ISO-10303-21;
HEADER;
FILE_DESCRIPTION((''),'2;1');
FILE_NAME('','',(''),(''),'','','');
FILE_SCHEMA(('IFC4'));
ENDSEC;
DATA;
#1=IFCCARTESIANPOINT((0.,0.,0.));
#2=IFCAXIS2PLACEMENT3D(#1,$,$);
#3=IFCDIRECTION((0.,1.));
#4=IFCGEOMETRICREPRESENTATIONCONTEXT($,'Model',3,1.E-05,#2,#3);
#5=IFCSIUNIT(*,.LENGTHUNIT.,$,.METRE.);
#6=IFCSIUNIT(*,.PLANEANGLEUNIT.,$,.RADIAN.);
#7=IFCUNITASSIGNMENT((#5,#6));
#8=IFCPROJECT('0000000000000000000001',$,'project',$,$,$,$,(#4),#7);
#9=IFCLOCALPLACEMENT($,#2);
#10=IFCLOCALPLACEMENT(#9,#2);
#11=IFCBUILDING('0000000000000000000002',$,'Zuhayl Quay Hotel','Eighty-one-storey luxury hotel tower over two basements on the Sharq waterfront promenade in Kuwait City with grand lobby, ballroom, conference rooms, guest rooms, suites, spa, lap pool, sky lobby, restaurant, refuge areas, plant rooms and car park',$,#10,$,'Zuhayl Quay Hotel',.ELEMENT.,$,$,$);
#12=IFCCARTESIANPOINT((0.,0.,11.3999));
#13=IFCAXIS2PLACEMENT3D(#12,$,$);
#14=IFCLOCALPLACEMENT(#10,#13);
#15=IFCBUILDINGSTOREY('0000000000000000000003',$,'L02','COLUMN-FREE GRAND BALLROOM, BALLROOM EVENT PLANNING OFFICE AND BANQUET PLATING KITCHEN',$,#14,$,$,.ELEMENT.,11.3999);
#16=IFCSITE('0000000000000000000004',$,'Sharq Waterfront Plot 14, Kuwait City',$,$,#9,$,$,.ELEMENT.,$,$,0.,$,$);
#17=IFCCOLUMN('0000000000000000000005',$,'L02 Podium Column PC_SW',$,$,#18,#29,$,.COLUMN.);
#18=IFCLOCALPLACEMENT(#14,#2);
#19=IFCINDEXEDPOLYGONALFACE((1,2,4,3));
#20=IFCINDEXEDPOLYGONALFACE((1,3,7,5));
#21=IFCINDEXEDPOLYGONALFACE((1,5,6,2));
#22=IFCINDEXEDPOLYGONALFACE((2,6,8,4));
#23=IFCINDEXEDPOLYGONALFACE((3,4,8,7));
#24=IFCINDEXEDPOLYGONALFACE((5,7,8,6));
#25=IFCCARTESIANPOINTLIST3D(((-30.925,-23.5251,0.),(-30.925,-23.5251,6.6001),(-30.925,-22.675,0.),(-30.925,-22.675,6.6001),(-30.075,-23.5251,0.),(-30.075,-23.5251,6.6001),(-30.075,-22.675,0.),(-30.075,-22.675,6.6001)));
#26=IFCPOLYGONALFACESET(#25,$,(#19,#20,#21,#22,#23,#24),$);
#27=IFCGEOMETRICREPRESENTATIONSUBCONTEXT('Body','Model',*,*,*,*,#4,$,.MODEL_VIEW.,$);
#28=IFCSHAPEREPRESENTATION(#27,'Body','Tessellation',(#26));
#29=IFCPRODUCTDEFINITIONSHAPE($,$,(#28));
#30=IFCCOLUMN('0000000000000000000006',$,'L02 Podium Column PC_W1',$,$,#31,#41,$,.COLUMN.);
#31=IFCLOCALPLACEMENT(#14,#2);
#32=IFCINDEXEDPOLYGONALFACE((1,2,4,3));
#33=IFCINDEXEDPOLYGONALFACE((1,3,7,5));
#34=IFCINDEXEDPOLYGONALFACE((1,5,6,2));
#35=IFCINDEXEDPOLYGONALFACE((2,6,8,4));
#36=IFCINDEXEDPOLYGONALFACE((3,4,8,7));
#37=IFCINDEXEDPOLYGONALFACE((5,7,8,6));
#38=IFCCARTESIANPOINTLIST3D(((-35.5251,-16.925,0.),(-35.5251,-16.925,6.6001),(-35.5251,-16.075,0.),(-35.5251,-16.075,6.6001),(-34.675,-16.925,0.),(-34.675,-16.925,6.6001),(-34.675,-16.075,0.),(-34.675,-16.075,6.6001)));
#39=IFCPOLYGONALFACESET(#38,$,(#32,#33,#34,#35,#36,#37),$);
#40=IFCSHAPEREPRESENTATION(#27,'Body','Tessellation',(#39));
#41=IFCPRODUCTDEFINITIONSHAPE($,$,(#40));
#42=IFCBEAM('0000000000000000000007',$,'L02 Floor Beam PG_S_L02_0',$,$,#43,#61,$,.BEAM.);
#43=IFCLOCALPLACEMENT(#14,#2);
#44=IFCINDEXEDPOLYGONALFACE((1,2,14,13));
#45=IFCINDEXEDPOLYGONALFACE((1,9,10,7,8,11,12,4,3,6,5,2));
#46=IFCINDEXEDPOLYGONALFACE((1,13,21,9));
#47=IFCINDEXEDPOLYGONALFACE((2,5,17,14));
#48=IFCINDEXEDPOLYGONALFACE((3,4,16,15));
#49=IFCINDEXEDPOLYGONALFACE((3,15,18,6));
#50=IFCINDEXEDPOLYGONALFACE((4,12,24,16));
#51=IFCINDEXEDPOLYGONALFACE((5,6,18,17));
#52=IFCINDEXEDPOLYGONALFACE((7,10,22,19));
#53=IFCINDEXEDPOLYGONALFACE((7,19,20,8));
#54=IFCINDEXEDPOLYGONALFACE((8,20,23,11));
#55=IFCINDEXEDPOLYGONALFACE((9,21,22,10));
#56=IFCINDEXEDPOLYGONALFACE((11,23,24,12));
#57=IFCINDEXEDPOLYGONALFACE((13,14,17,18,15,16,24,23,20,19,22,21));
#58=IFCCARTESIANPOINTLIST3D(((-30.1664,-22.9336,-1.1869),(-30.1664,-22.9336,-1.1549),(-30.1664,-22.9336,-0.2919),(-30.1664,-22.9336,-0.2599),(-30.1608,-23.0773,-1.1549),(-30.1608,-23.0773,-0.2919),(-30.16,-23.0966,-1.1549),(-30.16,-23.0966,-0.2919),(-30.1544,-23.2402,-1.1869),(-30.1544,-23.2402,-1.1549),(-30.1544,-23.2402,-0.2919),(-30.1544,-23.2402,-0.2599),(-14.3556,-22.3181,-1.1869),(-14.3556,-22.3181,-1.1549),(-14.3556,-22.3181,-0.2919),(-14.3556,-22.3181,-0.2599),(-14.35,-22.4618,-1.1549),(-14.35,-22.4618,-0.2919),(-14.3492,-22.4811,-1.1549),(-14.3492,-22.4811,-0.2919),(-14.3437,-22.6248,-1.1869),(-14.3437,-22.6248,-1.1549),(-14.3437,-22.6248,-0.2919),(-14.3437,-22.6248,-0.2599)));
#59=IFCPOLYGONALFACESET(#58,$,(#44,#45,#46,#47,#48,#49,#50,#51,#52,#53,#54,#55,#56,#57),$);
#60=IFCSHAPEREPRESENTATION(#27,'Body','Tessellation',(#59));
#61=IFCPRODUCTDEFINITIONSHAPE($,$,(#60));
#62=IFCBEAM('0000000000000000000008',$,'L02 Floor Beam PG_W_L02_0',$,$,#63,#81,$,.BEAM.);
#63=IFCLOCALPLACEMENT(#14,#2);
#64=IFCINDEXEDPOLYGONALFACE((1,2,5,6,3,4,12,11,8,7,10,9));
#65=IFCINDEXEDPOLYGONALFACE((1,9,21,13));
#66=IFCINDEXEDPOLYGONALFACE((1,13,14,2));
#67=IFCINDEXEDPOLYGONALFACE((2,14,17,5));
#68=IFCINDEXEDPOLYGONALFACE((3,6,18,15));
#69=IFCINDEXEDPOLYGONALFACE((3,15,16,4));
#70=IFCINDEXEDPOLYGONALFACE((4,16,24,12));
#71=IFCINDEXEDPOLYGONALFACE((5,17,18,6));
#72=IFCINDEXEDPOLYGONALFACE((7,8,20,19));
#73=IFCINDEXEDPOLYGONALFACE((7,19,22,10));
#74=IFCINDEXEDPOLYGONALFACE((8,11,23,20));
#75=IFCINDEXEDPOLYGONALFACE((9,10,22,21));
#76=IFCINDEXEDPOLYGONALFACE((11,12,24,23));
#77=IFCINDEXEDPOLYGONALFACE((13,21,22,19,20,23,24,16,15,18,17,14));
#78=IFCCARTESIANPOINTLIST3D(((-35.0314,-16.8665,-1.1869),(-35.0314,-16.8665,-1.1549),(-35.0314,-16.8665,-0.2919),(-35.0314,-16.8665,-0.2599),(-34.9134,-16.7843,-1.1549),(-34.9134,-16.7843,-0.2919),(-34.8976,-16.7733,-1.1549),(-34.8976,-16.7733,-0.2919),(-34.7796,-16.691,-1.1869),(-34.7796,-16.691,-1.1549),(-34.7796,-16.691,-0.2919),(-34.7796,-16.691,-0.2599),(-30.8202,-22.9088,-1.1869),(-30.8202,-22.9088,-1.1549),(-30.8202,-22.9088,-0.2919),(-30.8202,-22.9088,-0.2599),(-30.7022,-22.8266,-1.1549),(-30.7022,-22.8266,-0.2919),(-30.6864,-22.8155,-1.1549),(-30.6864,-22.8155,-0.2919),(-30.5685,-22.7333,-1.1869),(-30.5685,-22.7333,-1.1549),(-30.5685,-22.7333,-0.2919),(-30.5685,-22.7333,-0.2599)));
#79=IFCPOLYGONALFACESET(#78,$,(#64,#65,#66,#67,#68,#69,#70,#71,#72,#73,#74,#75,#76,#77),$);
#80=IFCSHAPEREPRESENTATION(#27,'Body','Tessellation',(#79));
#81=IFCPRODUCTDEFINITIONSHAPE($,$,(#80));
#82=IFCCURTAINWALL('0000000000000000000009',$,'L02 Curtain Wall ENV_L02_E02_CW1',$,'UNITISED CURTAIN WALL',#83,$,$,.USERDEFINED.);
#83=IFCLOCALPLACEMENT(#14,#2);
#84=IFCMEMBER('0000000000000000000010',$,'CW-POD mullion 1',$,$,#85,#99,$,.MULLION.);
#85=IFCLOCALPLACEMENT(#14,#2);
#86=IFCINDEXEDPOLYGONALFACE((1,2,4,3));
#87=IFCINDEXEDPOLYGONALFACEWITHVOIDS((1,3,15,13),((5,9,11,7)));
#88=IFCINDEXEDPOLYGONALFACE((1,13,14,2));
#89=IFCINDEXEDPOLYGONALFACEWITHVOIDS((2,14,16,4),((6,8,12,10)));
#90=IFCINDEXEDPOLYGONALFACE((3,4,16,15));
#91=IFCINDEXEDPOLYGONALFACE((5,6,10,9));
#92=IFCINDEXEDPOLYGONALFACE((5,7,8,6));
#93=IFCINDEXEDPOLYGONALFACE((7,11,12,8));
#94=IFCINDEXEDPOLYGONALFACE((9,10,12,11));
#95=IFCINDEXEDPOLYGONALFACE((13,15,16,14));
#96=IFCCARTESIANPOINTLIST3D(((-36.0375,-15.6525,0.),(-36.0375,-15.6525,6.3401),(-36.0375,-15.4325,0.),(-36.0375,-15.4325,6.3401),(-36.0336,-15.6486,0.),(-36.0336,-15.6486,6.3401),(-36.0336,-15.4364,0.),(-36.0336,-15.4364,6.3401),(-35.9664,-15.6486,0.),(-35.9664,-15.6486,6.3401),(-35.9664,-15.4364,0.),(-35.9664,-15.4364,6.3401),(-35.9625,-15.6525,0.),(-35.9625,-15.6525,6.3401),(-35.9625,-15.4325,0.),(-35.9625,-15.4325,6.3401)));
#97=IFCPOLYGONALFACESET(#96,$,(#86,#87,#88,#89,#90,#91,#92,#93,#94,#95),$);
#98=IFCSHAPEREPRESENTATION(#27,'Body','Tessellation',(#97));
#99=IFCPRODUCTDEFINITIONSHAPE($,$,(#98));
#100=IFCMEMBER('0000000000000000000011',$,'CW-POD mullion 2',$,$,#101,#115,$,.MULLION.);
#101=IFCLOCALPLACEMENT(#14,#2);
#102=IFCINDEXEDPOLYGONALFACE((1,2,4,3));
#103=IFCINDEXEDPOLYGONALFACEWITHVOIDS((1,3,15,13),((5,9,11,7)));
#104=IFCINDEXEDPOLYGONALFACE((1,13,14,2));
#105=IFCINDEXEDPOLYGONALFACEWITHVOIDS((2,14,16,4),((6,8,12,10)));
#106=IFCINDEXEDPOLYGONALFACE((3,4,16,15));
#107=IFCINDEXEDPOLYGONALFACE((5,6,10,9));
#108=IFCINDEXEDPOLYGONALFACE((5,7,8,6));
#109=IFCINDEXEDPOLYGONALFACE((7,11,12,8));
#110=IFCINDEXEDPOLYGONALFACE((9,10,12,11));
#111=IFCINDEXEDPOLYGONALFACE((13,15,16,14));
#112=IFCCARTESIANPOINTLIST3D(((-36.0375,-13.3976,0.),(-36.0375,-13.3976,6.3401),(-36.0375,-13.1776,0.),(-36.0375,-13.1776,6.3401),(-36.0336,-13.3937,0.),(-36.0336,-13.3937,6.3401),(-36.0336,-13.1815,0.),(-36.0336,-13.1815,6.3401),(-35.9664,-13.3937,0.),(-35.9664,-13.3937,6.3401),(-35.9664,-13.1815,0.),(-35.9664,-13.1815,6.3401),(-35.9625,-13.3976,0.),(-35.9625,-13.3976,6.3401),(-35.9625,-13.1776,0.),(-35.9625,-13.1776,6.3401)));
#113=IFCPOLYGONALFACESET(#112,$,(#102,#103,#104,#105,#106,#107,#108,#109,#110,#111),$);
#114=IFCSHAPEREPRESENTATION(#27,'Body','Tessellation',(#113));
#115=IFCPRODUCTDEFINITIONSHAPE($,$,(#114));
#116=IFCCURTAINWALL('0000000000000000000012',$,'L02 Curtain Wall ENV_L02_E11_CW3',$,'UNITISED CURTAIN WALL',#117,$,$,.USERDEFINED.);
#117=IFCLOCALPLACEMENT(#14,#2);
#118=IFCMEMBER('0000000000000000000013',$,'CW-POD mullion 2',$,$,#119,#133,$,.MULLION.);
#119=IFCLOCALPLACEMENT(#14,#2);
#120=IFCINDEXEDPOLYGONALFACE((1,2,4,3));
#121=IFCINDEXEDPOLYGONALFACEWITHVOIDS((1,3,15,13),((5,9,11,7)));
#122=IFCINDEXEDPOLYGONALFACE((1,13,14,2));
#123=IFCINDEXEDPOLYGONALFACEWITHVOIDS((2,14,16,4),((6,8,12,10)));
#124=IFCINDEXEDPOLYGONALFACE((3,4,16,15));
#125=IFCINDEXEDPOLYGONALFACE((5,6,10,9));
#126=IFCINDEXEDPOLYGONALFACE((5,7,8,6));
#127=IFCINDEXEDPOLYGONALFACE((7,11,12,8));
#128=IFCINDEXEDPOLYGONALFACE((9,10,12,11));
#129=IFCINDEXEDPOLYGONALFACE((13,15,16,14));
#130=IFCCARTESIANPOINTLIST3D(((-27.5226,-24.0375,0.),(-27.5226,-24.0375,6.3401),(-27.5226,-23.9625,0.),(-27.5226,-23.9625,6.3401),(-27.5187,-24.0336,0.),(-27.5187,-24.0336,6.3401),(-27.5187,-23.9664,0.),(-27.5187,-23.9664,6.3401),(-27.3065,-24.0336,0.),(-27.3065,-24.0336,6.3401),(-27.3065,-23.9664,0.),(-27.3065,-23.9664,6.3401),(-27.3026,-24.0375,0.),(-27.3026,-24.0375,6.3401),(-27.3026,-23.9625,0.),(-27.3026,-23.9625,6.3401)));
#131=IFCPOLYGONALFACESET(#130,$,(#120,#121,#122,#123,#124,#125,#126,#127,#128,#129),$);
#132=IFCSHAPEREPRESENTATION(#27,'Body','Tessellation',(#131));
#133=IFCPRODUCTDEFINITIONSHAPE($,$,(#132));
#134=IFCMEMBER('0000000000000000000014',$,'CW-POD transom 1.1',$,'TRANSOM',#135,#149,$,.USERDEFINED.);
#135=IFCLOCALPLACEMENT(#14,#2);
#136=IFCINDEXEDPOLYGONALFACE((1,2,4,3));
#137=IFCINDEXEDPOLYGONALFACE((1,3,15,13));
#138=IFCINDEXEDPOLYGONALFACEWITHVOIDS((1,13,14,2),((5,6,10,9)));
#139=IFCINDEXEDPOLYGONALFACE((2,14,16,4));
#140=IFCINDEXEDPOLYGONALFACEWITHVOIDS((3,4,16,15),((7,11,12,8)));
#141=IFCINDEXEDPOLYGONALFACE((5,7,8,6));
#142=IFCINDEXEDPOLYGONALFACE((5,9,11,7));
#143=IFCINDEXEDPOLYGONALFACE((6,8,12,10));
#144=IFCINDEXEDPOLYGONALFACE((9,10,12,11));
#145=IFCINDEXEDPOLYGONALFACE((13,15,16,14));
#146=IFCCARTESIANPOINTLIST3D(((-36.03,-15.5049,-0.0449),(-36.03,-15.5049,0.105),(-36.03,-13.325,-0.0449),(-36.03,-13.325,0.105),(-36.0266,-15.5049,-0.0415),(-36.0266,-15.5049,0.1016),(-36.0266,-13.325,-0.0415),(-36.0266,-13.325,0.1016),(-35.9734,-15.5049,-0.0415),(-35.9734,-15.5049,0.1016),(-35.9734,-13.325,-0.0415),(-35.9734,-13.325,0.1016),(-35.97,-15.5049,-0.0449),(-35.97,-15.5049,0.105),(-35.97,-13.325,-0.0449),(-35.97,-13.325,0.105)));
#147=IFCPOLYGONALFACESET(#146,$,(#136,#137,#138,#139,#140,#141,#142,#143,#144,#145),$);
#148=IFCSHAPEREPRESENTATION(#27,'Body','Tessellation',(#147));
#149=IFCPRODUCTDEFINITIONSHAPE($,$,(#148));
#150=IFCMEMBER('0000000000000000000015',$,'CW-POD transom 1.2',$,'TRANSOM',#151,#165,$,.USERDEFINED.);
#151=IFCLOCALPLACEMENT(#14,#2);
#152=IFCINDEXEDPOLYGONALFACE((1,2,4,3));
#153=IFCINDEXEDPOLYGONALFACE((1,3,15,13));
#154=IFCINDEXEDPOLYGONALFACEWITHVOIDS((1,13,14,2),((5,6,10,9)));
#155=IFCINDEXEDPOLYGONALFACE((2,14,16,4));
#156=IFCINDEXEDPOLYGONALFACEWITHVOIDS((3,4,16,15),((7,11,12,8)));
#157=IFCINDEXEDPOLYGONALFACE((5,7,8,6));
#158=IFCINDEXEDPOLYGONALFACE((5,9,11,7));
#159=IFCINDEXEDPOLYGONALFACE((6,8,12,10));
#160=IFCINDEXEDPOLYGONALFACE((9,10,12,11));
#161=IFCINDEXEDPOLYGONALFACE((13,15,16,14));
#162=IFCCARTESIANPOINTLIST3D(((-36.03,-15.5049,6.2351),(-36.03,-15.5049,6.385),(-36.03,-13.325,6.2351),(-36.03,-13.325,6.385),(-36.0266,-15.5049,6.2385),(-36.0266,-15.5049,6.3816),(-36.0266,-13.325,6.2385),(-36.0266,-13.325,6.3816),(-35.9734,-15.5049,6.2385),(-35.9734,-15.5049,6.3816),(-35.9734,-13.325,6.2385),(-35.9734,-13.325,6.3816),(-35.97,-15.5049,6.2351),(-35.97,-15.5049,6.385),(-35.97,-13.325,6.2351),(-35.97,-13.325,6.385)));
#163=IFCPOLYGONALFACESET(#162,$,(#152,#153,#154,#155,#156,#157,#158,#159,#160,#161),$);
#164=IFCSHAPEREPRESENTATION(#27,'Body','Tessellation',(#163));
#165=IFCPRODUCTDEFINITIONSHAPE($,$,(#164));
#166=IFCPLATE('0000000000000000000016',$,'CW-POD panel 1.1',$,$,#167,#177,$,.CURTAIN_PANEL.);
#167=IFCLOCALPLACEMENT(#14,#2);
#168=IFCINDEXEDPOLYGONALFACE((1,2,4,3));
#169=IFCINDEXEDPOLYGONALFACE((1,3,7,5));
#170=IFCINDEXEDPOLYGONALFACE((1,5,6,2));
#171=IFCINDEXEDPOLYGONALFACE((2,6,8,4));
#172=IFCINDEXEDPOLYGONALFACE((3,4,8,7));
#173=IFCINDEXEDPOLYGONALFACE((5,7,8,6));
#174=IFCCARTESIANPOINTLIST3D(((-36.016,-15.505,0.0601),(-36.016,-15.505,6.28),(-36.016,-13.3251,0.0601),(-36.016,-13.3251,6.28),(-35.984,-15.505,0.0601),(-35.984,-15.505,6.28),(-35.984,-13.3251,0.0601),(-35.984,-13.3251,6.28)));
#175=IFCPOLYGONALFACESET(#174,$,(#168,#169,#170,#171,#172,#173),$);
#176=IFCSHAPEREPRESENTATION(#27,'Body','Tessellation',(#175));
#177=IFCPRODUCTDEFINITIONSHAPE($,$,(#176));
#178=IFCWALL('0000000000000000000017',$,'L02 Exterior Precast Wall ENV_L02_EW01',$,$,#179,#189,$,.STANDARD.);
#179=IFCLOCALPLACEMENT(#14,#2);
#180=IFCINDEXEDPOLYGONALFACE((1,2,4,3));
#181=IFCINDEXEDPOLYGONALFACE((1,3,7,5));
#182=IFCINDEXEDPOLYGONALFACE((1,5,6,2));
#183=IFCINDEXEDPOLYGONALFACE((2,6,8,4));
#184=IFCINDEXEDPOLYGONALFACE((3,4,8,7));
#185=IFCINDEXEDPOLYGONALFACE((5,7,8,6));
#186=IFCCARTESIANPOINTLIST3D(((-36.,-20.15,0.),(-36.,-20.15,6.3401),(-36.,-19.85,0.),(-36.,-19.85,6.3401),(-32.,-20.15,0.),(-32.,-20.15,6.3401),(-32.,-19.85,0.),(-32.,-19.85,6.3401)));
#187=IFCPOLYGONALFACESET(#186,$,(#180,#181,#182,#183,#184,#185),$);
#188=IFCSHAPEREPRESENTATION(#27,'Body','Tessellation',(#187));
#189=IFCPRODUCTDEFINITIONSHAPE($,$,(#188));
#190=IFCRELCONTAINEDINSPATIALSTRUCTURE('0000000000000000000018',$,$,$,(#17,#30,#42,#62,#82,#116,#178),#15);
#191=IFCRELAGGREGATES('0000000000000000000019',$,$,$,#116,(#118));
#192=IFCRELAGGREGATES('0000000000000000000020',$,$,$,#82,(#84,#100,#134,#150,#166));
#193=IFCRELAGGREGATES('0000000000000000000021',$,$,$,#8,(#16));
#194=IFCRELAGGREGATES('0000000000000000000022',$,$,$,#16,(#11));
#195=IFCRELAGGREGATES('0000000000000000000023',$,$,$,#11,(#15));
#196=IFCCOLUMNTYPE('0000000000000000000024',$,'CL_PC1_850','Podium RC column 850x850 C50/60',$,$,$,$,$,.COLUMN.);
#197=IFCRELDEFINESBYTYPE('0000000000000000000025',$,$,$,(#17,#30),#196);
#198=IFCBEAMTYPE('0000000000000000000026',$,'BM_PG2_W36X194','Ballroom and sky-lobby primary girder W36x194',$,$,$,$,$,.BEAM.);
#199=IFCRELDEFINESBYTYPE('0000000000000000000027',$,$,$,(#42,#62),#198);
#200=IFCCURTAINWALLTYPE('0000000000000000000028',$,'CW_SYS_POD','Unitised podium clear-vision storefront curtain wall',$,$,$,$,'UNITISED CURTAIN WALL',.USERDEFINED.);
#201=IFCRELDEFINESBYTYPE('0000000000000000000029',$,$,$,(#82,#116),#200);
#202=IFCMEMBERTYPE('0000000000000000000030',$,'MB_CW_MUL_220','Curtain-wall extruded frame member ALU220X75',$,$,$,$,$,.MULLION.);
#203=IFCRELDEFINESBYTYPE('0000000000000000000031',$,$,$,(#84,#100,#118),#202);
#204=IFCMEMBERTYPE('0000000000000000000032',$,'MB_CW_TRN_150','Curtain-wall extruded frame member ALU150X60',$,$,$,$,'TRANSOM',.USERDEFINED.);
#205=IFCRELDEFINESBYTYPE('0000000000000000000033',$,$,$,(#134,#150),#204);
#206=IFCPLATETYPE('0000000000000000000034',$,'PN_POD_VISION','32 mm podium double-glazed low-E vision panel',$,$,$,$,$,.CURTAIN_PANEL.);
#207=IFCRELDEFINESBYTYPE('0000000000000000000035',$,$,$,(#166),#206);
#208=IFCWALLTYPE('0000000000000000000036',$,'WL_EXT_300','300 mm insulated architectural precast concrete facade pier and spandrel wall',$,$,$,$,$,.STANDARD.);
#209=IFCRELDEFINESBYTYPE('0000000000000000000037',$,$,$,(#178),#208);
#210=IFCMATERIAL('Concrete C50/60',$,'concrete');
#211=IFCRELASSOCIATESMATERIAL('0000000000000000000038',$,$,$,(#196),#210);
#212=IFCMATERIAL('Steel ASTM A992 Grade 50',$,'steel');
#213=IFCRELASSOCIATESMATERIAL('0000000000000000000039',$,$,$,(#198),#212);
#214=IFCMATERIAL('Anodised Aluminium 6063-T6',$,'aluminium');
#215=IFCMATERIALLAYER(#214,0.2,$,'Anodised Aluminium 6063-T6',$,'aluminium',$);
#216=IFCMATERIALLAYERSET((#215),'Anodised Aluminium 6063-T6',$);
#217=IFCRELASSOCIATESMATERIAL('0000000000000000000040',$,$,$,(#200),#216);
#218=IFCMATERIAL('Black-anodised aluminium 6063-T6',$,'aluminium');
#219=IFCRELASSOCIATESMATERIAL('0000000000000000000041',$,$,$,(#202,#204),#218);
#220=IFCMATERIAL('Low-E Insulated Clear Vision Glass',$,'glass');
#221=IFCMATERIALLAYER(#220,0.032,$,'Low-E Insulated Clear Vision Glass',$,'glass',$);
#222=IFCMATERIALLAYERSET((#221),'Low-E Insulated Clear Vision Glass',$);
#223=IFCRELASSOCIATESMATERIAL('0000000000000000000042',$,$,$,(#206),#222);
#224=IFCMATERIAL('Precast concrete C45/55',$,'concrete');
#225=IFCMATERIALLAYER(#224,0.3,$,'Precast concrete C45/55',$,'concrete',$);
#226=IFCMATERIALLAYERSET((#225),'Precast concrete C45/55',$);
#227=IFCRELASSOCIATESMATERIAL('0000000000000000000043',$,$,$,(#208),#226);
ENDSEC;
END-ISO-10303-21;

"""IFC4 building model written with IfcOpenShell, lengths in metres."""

from ifc_helpers import new_model, si_unit, direction, frame, frame_2d, origin, origin_2d, place, context, subcontext, project, spatial, rectangle, hollow_rectangle, i_section, extrude, material, layer, layer_set, material_profile, profile_set, type_object, element, aggregate, save


model = new_model("IFC4")

# Units and contexts
model_context = context("Model", 3, precision=1e-05, world=origin(), true_north=direction((0.0, 1.0)))
body_context = subcontext(model_context, "Body", "Model", "MODEL_VIEW")
ifc_project = project(units=[si_unit("LENGTHUNIT", "METRE"), si_unit("PLANEANGLEUNIT", "RADIAN")], contexts=[model_context])

# Site, building, storey
site_placement = place(None, origin())
site = spatial("IfcSite", under=ifc_project, at=site_placement, Name="Sharq Waterfront Plot 14, Kuwait City", CompositionType="ELEMENT", RefElevation=0.0)
building_placement = place(site_placement, origin())
building = spatial("IfcBuilding", under=site, at=building_placement, Name="Zuhayl Quay Hotel", Description="Eighty-one-storey luxury hotel tower over two basements on the Sharq waterfront promenade in Kuwait City with grand lobby, ballroom, conference rooms, guest rooms, suites, spa, lap pool, sky lobby, restaurant, refuge areas, plant rooms and car park", LongName="Zuhayl Quay Hotel", CompositionType="ELEMENT")
storey_placement = place(building_placement, frame((0.0, 0.0, 11.3999)))
storey = spatial("IfcBuildingStorey", under=building, at=storey_placement, Name="L02", Description="COLUMN-FREE GRAND BALLROOM, BALLROOM EVENT PLANNING OFFICE AND BANQUET PLATING KITCHEN", CompositionType="ELEMENT", Elevation=11.3999)

# Columns
ifc_material_1 = material(Name="Concrete C50/60", Category="concrete")
ifc_material_profile_1 = material_profile(ifc_material_1, rectangle(XDim=0.8501, YDim=0.8501, at=origin_2d()), Name="RC850X850")
ifc_profile_set_1 = profile_set([ifc_material_profile_1], Name="Concrete C50/60")
column_type = type_object("IfcColumnType", Name="CL_PC1_850", Description="Podium RC column 850x850 C50/60", PredefinedType="COLUMN", material=ifc_profile_set_1)
for number, where, z_axis, x_axis, name in (
    (1, (-30.5, -23.1001, 0.0), (0.0, 0.0, 1.0), (1.0, 0.0, 0.0), "L02 Podium Column PC_SW"),
    (2, (-35.1001, -16.5, 0.0), (0.0, 0.0, 1.0), (1.0, 0.0, 0.0), "L02 Podium Column PC_W1"),
):
    element("IfcColumn", number, at=place(storey_placement, frame(where, z_axis=z_axis, x_axis=x_axis)), inside=storey, type_object=column_type, Name=name, PredefinedType="COLUMN", context=body_context, shape_type="SweptSolid", body=[
        extrude(rectangle(XDim=0.8501, YDim=0.8501, at=origin_2d()), origin(), (0.0, 0.0, 1.0), 6.6001),
    ])

# Beams
ifc_material_2 = material(Name="Steel ASTM A992 Grade 50", Category="steel")
ifc_material_profile_2 = material_profile(ifc_material_2, i_section(OverallWidth=0.3069, OverallDepth=0.927, WebThickness=0.0193, FlangeThickness=0.032, at=origin_2d()), Name="W36X194")
ifc_profile_set_2 = profile_set([ifc_material_profile_2], Name="Steel ASTM A992 Grade 50")
beam_type = type_object("IfcBeamType", Name="BM_PG2_W36X194", Description="Ballroom and sky-lobby primary girder W36x194", PredefinedType="BEAM", material=ifc_profile_set_2)
beam_1_placement = place(storey_placement, frame((-30.1604, -23.0869, -0.7234), z_axis=(0.999243, 0.038898, 0.0), x_axis=(-0.038898, 0.999243, 0.0)))
element("IfcBeam", 3, at=beam_1_placement, inside=storey, type_object=beam_type, Name="L02 Floor Beam PG_S_L02_0", PredefinedType="BEAM", context=body_context, shape_type="SweptSolid", body=[
    extrude(i_section(OverallWidth=0.3069, OverallDepth=0.927, WebThickness=0.0193, FlangeThickness=0.032, at=origin_2d()), origin(), (0.0, 0.0, 1.0), 15.8228),
])
beam_2_placement = place(storey_placement, frame((-30.6943, -22.821, -0.7234), z_axis=(-0.571786, 0.820403, 0.0), x_axis=(-0.820403, -0.571786, 0.0)))
element("IfcBeam", 4, at=beam_2_placement, inside=storey, type_object=beam_type, Name="L02 Floor Beam PG_W_L02_0", PredefinedType="BEAM", context=body_context, shape_type="SweptSolid", body=[
    extrude(i_section(OverallWidth=0.3069, OverallDepth=0.927, WebThickness=0.0193, FlangeThickness=0.032, at=origin_2d()), origin(), (0.0, 0.0, 1.0), 7.365),
])

# Curtain wall, members
ifc_material_3 = material(Name="Anodised Aluminium 6063-T6", Category="aluminium")
ifc_layer_1 = layer(ifc_material_3, 0.2, Name="Anodised Aluminium 6063-T6", Category="aluminium")
ifc_layer_set_1 = layer_set([ifc_layer_1], Name="Anodised Aluminium 6063-T6")
curtain_wall_type = type_object("IfcCurtainWallType", Name="CW_SYS_POD", Description="Unitised podium clear-vision storefront curtain wall", ElementType="UNITISED CURTAIN WALL", PredefinedType="USERDEFINED", material=ifc_layer_set_1)
curtain_wall_1_placement = place(storey_placement, origin())
curtain_wall_1 = element("IfcCurtainWall", 5, at=curtain_wall_1_placement, inside=storey, type_object=curtain_wall_type, Name="L02 Curtain Wall ENV_L02_E02_CW1", ObjectType="UNITISED CURTAIN WALL", PredefinedType="USERDEFINED")
ifc_material_4 = material(Name="Black-anodised aluminium 6063-T6", Category="aluminium")
ifc_material_profile_3 = material_profile(ifc_material_4, hollow_rectangle(XDim=0.075, YDim=0.22, WallThickness=0.0039, at=origin_2d()), Name="ALU220X75")
ifc_profile_set_3 = profile_set([ifc_material_profile_3], Name="Black-anodised aluminium 6063-T6")
member_type_1 = type_object("IfcMemberType", Name="MB_CW_MUL_220", Description="Curtain-wall extruded frame member ALU220X75", PredefinedType="MULLION", material=ifc_profile_set_3)
member_1_placement = place(storey_placement, frame((-36.0, -15.5425, 0.0), z_axis=(0.0, 0.0, 1.0), x_axis=(-1.0, 0.0, 0.0)))
member_1 = element("IfcMember", 6, at=member_1_placement, type_object=member_type_1, Name="CW-POD mullion 1", PredefinedType="MULLION", context=body_context, shape_type="SweptSolid", body=[
    extrude(hollow_rectangle(XDim=0.075, YDim=0.22, WallThickness=0.0039, at=origin_2d()), origin(), (0.0, 0.0, 1.0), 6.3401),
])
member_2_placement = place(storey_placement, frame((-36.0, -13.2876, 0.0), z_axis=(0.0, 0.0, 1.0), x_axis=(-1.0, 0.0, 0.0)))
member_2 = element("IfcMember", 7, at=member_2_placement, type_object=member_type_1, Name="CW-POD mullion 2", PredefinedType="MULLION", context=body_context, shape_type="SweptSolid", body=[
    extrude(hollow_rectangle(XDim=0.075, YDim=0.22, WallThickness=0.0039, at=origin_2d()), origin(), (0.0, 0.0, 1.0), 6.3401),
])

# Curtain wall, member
curtain_wall_2_placement = place(storey_placement, origin())
curtain_wall_2 = element("IfcCurtainWall", 8, at=curtain_wall_2_placement, inside=storey, type_object=curtain_wall_type, Name="L02 Curtain Wall ENV_L02_E11_CW3", ObjectType="UNITISED CURTAIN WALL", PredefinedType="USERDEFINED")
member_3_placement = place(storey_placement, frame((-27.4126, -24.0, 0.0), z_axis=(0.0, 0.0, 1.0), x_axis=(0.0, -1.0, 0.0)))
member_3 = element("IfcMember", 9, at=member_3_placement, type_object=member_type_1, Name="CW-POD mullion 2", PredefinedType="MULLION", context=body_context, shape_type="SweptSolid", body=[
    extrude(hollow_rectangle(XDim=0.075, YDim=0.22, WallThickness=0.0039, at=origin_2d()), origin(), (0.0, 0.0, 1.0), 6.3401),
])
aggregate(curtain_wall_2, [member_3])

# Members
ifc_material_profile_4 = material_profile(ifc_material_4, hollow_rectangle(XDim=0.0601, YDim=0.1499, WallThickness=0.0034, at=origin_2d()), Name="ALU150X60")
ifc_profile_set_4 = profile_set([ifc_material_profile_4], Name="Black-anodised aluminium 6063-T6")
member_type_2 = type_object("IfcMemberType", Name="MB_CW_TRN_150", Description="Curtain-wall extruded frame member ALU150X60", ElementType="TRANSOM", PredefinedType="USERDEFINED", material=ifc_profile_set_4)
member_4_placement = place(storey_placement, frame((-36.0, -15.5049, 0.03), z_axis=(0.0, 1.0, 0.0), x_axis=(-1.0, 0.0, 0.0)))
member_4 = element("IfcMember", 10, at=member_4_placement, type_object=member_type_2, Name="CW-POD transom 1.1", ObjectType="TRANSOM", PredefinedType="USERDEFINED", context=body_context, shape_type="SweptSolid", body=[
    extrude(hollow_rectangle(XDim=0.0601, YDim=0.1499, WallThickness=0.0034, at=origin_2d()), origin(), (0.0, 0.0, 1.0), 2.1799),
])
member_5_placement = place(storey_placement, frame((-36.0, -15.5049, 6.3101), z_axis=(0.0, 1.0, 0.0), x_axis=(-1.0, 0.0, 0.0)))
member_5 = element("IfcMember", 11, at=member_5_placement, type_object=member_type_2, Name="CW-POD transom 1.2", ObjectType="TRANSOM", PredefinedType="USERDEFINED", context=body_context, shape_type="SweptSolid", body=[
    extrude(hollow_rectangle(XDim=0.0601, YDim=0.1499, WallThickness=0.0034, at=origin_2d()), origin(), (0.0, 0.0, 1.0), 2.1799),
])

# Plate
ifc_material_5 = material(Name="Low-E Insulated Clear Vision Glass", Category="glass")
ifc_layer_2 = layer(ifc_material_5, 0.032, Name="Low-E Insulated Clear Vision Glass", Category="glass")
ifc_layer_set_2 = layer_set([ifc_layer_2], Name="Low-E Insulated Clear Vision Glass")
plate_type = type_object("IfcPlateType", Name="PN_POD_VISION", Description="32 mm podium double-glazed low-E vision panel", PredefinedType="CURTAIN_PANEL", material=ifc_layer_set_2)
plate_placement = place(storey_placement, frame((-36.0, -14.415, 0.0601), z_axis=(0.0, 0.0, 1.0), x_axis=(0.0, 1.0, 0.0)))
plate = element("IfcPlate", 12, at=plate_placement, type_object=plate_type, Name="CW-POD panel 1.1", PredefinedType="CURTAIN_PANEL", context=body_context, shape_type="SweptSolid", body=[
    extrude(rectangle(XDim=2.1799, YDim=0.032, at=origin_2d()), origin(), (0.0, 0.0, 1.0), 6.22),
])
aggregate(curtain_wall_1, [member_1, member_2, member_4, member_5, plate])

# Wall
ifc_material_6 = material(Name="Precast concrete C45/55", Category="concrete")
ifc_layer_3 = layer(ifc_material_6, 0.3, Name="Precast concrete C45/55", Category="concrete")
ifc_layer_set_3 = layer_set([ifc_layer_3], Name="Precast concrete C45/55")
wall_type_1 = type_object("IfcWallType", Name="WL_EXT_300", Description="300 mm insulated architectural precast concrete facade pier and spandrel wall", PredefinedType="STANDARD", material=ifc_layer_set_3)
wall_1_placement = place(storey_placement, frame((-32.0, -20.0, 0.0), z_axis=(0.0, 0.0, 1.0), x_axis=(-1.0, 0.0, 0.0)))
element("IfcWall", 13, at=wall_1_placement, inside=storey, type_object=wall_type_1, Name="L02 Exterior Precast Wall ENV_L02_EW01", PredefinedType="STANDARD", context=body_context, shape_type="SweptSolid", body=[
    extrude(rectangle(XDim=4.0, YDim=0.3, at=frame_2d((2.0, 0.0))), origin(), (0.0, 0.0, 1.0), 6.3401),
])

save(model, "model.ifc")
